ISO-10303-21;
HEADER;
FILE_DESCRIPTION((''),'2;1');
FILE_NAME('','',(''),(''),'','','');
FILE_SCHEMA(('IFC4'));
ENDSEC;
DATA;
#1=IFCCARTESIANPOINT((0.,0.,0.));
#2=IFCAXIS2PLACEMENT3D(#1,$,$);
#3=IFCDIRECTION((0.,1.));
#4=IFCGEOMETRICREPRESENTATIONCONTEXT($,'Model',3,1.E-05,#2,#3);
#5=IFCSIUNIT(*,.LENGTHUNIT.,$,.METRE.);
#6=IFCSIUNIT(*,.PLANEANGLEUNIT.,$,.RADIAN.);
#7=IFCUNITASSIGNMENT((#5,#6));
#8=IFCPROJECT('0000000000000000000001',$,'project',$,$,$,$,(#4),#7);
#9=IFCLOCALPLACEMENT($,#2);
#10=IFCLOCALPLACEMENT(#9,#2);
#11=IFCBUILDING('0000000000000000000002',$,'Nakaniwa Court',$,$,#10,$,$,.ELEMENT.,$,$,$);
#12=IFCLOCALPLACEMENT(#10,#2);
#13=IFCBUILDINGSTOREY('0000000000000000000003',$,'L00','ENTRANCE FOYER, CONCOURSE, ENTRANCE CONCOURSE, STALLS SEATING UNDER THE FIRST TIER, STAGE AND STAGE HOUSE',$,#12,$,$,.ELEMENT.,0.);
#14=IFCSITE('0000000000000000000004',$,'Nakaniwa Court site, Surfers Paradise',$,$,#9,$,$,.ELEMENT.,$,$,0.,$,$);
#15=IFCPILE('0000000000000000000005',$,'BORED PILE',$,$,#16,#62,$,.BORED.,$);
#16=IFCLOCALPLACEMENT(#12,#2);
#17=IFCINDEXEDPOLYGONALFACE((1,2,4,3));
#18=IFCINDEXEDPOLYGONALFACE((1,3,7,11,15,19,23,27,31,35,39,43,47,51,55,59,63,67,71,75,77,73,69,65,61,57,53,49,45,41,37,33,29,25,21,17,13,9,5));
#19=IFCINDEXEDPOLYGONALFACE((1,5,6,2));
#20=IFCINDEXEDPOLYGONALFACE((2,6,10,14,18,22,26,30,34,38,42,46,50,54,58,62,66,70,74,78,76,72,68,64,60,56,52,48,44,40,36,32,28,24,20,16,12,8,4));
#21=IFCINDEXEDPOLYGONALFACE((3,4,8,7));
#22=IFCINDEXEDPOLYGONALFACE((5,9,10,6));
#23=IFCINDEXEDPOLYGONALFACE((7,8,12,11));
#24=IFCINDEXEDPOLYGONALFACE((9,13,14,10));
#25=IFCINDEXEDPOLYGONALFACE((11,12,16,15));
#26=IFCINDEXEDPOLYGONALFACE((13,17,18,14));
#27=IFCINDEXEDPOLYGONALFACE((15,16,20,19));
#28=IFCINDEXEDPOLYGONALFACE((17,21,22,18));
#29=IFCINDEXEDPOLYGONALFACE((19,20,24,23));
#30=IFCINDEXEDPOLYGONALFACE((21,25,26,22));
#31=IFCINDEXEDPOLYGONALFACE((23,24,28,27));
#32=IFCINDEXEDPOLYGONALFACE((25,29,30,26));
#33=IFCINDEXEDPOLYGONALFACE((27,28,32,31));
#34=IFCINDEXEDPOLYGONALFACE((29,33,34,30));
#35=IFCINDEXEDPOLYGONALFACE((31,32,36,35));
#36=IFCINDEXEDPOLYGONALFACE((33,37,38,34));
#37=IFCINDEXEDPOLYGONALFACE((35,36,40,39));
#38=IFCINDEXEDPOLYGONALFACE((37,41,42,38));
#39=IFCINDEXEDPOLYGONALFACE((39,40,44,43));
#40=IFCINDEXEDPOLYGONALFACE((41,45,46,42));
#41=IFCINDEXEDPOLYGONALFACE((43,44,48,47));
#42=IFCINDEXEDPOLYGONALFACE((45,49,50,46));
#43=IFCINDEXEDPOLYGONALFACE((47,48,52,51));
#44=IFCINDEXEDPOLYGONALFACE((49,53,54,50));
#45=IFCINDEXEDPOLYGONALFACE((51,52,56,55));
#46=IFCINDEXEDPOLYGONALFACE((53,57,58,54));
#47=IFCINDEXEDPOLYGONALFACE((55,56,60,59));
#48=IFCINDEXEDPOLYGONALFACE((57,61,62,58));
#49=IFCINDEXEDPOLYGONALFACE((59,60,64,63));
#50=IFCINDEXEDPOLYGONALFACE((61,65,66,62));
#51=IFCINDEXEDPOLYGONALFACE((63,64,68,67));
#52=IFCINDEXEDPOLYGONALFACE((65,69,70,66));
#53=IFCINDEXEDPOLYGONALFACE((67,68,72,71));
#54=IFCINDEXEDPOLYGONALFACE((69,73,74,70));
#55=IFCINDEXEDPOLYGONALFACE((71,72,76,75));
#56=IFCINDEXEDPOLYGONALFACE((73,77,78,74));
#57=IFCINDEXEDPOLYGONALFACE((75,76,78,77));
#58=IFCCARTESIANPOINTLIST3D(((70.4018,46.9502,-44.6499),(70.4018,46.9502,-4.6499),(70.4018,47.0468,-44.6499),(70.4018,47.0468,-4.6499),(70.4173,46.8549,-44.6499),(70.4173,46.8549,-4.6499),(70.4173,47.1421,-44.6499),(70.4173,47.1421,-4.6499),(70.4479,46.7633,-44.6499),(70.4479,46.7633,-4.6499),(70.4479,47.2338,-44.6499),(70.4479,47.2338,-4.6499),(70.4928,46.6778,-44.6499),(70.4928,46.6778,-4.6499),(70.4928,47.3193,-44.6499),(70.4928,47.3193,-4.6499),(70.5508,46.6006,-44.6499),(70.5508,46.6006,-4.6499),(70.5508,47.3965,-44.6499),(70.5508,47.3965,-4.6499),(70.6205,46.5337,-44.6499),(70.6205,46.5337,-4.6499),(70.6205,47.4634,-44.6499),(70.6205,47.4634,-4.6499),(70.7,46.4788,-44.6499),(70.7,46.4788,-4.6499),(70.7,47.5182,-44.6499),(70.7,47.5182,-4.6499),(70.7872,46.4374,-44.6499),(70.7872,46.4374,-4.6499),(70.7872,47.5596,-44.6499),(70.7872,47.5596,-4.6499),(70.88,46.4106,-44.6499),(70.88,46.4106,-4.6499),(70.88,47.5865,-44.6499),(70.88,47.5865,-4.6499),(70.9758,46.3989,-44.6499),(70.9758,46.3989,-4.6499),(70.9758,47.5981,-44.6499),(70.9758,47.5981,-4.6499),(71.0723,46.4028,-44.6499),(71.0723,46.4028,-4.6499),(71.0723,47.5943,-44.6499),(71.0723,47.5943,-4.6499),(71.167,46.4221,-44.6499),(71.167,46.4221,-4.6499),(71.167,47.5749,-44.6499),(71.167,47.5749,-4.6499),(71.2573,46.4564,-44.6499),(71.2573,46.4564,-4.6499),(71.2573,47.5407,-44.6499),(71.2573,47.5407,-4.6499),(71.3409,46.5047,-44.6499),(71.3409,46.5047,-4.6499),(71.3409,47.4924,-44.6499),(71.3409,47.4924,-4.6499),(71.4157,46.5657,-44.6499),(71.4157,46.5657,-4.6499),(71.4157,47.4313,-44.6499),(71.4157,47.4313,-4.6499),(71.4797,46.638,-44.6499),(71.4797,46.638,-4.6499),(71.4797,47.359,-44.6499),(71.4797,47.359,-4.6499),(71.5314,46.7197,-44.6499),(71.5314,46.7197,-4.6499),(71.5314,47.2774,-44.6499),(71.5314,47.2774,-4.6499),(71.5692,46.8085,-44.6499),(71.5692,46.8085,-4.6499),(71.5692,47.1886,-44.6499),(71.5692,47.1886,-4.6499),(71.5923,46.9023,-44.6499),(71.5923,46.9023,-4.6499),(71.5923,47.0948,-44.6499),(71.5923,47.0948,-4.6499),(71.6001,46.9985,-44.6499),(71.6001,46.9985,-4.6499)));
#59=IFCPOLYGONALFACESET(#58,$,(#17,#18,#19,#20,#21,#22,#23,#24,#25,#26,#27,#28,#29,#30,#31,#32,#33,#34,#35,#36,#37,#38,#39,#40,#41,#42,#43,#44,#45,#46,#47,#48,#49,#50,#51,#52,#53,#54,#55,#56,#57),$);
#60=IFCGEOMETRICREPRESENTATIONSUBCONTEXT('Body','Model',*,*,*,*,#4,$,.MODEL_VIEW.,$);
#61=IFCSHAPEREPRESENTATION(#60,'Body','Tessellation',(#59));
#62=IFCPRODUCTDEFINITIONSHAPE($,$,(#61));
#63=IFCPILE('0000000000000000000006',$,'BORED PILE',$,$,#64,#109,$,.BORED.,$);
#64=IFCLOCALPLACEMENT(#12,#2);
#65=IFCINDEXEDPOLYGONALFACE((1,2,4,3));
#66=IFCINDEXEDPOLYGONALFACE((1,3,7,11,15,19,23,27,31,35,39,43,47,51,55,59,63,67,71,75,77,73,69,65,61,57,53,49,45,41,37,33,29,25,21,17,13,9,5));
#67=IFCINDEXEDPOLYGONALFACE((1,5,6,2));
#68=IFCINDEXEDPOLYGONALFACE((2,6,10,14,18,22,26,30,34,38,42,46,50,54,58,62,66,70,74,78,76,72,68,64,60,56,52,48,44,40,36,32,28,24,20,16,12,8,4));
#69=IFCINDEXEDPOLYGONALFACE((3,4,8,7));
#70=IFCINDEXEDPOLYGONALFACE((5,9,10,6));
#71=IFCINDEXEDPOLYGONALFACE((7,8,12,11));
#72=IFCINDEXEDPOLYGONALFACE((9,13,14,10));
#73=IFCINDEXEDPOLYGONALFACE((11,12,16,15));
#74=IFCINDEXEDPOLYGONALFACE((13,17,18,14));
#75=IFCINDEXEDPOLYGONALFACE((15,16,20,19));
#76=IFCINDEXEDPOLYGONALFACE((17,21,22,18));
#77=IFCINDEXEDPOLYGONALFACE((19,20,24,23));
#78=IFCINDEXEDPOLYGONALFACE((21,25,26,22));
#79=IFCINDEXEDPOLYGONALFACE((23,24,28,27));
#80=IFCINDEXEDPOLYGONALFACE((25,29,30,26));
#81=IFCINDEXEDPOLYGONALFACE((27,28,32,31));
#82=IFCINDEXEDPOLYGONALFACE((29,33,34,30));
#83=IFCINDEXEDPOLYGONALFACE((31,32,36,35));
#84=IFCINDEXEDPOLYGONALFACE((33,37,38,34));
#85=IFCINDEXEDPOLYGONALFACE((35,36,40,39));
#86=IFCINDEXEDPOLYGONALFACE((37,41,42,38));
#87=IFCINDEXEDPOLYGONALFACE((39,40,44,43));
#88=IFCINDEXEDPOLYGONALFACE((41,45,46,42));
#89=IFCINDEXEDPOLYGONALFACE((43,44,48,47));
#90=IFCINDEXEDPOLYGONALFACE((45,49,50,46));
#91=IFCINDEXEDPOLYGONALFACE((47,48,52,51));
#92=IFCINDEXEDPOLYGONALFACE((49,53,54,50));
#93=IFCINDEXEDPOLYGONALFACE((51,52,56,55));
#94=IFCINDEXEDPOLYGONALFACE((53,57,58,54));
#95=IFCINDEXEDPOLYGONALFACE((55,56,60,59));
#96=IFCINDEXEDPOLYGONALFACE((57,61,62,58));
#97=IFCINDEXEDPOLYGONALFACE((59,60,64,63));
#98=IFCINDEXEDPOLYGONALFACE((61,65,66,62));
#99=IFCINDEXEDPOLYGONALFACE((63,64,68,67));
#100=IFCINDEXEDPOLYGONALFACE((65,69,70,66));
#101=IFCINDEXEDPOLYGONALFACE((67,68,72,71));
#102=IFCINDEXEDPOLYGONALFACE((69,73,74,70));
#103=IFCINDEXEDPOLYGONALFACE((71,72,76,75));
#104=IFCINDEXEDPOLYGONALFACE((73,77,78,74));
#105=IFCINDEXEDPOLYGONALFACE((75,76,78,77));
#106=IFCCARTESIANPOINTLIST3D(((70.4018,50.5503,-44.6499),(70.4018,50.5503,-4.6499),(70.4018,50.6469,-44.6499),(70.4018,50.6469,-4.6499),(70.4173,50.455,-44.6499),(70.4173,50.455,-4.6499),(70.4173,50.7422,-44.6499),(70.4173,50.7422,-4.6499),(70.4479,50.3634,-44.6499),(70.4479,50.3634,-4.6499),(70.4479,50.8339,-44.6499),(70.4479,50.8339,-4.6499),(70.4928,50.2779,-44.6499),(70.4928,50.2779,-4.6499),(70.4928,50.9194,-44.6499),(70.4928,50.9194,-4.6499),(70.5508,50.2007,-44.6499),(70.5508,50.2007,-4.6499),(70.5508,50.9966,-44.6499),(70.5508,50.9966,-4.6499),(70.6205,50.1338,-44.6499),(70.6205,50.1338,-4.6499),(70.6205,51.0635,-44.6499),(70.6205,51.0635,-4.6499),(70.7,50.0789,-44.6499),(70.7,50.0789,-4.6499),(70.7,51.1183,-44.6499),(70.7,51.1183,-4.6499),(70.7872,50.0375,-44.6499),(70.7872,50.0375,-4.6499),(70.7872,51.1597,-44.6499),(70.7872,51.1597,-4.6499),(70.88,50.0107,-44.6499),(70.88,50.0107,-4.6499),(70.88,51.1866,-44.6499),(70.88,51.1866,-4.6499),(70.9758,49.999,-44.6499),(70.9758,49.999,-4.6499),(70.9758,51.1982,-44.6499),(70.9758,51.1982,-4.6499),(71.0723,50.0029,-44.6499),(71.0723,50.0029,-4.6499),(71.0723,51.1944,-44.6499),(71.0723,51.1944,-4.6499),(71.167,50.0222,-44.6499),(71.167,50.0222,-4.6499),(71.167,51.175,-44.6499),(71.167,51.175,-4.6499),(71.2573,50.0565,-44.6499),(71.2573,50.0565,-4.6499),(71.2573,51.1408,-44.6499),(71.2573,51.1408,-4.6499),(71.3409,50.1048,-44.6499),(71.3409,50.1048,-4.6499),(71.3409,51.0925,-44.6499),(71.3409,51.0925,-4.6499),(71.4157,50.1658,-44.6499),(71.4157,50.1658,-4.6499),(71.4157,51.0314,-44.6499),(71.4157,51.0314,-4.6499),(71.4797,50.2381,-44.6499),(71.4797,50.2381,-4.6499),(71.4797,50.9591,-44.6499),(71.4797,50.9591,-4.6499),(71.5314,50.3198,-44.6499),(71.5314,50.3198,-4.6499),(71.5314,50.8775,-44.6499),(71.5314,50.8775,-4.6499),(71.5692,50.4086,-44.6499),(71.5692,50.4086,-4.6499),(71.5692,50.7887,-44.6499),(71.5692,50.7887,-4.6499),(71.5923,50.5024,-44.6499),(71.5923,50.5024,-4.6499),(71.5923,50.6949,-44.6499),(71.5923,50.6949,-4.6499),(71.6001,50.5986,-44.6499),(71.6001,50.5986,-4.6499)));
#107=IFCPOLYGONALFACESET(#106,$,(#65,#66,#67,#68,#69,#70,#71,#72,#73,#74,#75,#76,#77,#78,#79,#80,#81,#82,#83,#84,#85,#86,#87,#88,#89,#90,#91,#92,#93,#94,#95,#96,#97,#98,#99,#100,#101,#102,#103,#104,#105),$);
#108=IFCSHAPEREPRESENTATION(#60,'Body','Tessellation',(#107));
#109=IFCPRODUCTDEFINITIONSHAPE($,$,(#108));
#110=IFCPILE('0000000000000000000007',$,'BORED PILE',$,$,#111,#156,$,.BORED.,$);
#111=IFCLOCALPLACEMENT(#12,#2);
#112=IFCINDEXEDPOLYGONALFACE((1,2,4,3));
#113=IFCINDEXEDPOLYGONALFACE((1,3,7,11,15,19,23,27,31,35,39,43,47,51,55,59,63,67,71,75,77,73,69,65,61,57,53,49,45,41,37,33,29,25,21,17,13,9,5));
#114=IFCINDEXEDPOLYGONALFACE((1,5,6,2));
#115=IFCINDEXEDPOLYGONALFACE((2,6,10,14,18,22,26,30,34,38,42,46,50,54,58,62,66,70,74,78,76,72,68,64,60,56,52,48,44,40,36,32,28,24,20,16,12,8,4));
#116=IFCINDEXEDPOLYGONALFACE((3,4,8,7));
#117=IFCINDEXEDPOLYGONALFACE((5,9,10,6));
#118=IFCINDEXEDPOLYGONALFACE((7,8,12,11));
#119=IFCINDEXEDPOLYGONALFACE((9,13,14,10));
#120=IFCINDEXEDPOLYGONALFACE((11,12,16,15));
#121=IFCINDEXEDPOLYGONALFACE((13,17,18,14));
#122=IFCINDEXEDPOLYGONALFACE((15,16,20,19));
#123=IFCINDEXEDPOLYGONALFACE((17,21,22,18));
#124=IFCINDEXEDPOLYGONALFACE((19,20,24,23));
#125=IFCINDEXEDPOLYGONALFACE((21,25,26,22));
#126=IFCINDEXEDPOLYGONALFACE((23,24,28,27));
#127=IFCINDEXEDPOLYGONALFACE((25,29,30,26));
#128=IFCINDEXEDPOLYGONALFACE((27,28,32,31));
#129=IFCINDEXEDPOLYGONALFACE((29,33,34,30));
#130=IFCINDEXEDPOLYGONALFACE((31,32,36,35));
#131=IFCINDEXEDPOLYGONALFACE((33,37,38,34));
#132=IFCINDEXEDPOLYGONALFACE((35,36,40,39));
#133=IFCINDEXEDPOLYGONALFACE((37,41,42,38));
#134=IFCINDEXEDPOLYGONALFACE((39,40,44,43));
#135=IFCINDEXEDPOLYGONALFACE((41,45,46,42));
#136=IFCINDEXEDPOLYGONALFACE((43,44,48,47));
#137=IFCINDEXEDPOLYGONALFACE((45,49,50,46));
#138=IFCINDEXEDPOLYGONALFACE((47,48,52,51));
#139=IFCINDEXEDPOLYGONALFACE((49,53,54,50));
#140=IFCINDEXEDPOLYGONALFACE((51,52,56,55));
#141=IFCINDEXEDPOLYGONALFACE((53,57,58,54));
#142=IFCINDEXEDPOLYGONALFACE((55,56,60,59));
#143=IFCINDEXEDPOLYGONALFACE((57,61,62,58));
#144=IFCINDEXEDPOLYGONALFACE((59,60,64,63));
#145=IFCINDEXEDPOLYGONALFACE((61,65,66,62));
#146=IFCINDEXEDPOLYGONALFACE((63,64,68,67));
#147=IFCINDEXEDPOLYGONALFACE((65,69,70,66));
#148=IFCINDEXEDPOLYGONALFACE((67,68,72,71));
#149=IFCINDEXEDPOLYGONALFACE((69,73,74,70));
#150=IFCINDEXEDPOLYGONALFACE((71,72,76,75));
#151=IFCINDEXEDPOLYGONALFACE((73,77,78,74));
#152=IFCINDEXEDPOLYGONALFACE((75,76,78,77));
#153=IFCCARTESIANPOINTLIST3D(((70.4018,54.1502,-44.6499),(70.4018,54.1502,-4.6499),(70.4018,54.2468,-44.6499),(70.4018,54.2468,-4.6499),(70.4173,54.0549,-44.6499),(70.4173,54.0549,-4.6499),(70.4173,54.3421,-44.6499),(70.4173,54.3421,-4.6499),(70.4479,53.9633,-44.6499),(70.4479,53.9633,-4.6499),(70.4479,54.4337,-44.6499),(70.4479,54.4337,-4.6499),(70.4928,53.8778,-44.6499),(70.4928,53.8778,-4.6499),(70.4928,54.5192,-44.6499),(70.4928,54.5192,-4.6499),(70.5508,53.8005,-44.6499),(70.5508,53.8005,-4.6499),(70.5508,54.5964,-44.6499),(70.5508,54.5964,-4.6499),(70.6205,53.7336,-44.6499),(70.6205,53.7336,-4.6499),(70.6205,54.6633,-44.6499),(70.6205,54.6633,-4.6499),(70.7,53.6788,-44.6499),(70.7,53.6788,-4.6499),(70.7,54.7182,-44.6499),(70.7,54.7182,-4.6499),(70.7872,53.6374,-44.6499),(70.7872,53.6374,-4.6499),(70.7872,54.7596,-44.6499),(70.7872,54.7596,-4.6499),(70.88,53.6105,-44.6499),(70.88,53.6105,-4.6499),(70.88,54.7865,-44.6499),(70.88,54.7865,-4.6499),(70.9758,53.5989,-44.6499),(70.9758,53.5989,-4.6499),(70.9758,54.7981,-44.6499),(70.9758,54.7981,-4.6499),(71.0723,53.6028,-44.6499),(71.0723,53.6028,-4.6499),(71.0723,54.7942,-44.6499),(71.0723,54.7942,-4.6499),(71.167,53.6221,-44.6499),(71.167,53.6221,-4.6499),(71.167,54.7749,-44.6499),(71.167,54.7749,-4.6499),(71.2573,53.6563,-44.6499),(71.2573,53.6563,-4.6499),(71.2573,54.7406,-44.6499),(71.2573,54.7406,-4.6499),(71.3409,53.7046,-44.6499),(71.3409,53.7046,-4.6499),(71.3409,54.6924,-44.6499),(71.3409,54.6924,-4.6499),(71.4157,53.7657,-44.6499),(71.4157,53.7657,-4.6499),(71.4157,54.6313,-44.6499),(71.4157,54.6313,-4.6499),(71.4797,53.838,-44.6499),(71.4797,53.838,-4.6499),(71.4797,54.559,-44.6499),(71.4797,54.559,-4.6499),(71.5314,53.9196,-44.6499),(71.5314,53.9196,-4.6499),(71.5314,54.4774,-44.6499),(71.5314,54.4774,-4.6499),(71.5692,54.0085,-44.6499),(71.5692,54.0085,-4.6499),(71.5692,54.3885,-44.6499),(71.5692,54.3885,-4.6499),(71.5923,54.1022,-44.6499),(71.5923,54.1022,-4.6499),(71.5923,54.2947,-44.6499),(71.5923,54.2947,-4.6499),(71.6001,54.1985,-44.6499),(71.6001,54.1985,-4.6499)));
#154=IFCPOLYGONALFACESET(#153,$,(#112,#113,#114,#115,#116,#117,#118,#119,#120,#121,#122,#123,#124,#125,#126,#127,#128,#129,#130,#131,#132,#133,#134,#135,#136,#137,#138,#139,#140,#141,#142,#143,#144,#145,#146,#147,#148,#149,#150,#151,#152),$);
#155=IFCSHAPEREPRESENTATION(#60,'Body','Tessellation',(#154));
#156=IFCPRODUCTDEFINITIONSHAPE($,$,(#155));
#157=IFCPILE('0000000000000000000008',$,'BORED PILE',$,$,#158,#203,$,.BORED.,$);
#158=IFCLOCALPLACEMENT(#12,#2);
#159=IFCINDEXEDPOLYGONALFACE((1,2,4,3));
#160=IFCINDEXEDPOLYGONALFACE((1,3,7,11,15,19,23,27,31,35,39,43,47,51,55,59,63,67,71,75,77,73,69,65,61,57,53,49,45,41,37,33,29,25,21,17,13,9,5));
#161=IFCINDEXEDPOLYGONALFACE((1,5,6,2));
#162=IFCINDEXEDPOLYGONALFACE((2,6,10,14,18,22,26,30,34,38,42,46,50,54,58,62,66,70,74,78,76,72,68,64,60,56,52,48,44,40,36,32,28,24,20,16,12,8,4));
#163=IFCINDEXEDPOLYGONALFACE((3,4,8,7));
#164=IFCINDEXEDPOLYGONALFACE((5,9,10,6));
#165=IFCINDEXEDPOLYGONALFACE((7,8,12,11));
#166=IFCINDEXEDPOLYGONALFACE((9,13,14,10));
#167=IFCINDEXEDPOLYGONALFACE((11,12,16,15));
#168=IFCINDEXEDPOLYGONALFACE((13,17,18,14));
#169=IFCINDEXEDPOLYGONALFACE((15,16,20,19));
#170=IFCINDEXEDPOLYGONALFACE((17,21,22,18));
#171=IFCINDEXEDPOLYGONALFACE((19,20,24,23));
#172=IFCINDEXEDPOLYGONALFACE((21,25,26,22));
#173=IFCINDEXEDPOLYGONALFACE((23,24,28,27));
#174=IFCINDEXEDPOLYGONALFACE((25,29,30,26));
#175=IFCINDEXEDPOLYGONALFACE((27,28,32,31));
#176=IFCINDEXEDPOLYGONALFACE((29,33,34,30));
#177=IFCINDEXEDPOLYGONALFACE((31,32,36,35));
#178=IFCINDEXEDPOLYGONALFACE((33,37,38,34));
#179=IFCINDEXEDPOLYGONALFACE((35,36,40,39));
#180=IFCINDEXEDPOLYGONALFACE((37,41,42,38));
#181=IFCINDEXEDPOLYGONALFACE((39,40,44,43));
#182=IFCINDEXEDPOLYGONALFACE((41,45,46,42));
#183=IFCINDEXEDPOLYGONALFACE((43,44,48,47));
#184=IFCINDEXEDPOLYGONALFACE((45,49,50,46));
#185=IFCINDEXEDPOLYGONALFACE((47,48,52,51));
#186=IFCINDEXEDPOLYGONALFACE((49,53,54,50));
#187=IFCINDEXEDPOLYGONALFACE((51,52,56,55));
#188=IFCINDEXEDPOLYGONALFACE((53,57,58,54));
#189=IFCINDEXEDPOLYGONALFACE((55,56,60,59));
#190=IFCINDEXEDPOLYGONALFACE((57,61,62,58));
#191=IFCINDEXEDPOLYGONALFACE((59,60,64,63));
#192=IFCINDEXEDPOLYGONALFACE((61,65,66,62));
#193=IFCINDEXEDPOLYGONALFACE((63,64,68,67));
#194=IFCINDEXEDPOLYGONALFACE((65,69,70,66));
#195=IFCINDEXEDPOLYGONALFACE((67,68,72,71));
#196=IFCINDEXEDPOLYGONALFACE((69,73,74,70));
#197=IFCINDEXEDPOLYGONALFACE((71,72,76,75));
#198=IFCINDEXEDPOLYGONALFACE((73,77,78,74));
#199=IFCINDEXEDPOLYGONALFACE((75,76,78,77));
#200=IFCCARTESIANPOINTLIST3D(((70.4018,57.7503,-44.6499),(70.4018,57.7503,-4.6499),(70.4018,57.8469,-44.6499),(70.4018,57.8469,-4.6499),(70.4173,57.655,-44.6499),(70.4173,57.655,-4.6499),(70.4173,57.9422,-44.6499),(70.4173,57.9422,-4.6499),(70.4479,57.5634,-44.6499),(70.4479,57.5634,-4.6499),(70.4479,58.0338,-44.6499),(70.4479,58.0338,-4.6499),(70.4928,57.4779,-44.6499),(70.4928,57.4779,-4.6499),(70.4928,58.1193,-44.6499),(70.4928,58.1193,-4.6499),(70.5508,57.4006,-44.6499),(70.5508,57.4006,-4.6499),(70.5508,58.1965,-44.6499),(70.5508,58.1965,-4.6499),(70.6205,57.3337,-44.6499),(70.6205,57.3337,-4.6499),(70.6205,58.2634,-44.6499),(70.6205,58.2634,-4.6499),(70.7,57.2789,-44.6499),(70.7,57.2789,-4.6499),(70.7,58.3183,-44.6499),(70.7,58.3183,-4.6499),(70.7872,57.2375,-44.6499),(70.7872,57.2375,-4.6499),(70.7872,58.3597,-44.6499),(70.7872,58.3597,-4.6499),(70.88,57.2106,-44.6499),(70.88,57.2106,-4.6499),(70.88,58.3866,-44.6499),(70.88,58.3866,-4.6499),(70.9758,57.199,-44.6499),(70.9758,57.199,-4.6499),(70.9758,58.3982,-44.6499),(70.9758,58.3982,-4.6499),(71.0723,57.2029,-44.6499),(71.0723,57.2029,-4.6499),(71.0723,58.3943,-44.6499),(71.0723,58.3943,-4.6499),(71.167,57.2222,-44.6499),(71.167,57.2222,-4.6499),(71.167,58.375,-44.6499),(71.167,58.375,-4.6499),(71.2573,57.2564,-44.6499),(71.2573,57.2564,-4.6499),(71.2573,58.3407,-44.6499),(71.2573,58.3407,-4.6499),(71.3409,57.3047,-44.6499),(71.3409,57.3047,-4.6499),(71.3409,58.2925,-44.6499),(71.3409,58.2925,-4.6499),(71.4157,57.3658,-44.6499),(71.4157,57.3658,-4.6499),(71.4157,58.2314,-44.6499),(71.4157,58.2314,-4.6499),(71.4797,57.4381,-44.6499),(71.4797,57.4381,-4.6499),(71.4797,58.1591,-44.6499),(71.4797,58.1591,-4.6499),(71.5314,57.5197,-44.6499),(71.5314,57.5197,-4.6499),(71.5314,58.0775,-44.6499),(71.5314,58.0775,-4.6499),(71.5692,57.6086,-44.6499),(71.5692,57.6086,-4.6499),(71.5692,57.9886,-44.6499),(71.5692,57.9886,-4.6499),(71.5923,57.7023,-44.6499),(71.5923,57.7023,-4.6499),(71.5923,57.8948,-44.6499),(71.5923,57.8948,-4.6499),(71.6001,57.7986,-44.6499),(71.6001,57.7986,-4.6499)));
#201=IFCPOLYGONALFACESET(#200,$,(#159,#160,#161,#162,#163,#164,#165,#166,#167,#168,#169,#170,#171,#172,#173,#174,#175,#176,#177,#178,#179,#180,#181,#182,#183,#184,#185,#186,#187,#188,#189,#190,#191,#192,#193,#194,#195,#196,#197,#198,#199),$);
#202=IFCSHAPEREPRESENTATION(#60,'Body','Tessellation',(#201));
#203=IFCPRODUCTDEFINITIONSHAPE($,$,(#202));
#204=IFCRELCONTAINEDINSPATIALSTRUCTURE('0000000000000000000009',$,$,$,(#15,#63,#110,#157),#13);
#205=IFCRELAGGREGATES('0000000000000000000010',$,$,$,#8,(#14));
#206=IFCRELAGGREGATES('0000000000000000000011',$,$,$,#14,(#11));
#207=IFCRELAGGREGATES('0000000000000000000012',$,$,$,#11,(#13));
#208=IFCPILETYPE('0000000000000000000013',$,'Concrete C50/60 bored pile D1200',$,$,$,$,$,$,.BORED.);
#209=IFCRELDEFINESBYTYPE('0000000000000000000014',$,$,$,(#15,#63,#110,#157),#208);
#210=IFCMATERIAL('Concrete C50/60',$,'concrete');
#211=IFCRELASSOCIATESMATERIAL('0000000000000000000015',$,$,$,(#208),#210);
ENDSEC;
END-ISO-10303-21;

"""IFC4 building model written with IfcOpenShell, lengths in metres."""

from ifc_helpers import new_model, si_unit, direction, frame, origin, origin_2d, place, context, subcontext, project, spatial, circle, extrude, material, material_profile, profile_set, type_object, element, save


model = new_model("IFC4")

# Units and contexts
model_context = context("Model", 3, precision=1e-05, world=origin(), true_north=direction((0.0, 1.0)))
body_context = subcontext(model_context, "Body", "Model", "MODEL_VIEW")
ifc_project = project(units=[si_unit("LENGTHUNIT", "METRE"), si_unit("PLANEANGLEUNIT", "RADIAN")], contexts=[model_context])

# Site, building, storey
site_placement = place(None, origin())
site = spatial("IfcSite", under=ifc_project, at=site_placement, Name="Nakaniwa Court site, Surfers Paradise", CompositionType="ELEMENT", RefElevation=0.0)
building_placement = place(site_placement, origin())
building = spatial("IfcBuilding", under=site, at=building_placement, Name="Nakaniwa Court", CompositionType="ELEMENT")
storey_placement = place(building_placement, origin())
storey = spatial("IfcBuildingStorey", under=building, at=storey_placement, Name="L00", Description="ENTRANCE FOYER, CONCOURSE, ENTRANCE CONCOURSE, STALLS SEATING UNDER THE FIRST TIER, STAGE AND STAGE HOUSE", CompositionType="ELEMENT", Elevation=0.0)

# Piles
ifc_material_1 = material(Name="Concrete C50/60", Category="concrete")
ifc_material_profile_1 = material_profile(ifc_material_1, circle(Radius=0.6001, at=origin_2d()), Name="Concrete C50/60 bored pile D1200")
ifc_profile_set_1 = profile_set([ifc_material_profile_1], Name="Concrete C50/60")
pile_type = type_object("IfcPileType", Name="Concrete C50/60 bored pile D1200", PredefinedType="BORED", material=ifc_profile_set_1)
for number, where, z_axis, x_axis, name in (
    (1, (71.0, 46.9985, -4.6499), (0.0, 0.0, -1.0), (1.0, 0.0, 0.0), "BORED PILE"),
    (2, (71.0, 50.5986, -4.6499), (0.0, 0.0, -1.0), (1.0, 0.0, 0.0), "BORED PILE"),
    (3, (71.0, 54.1985, -4.6499), (0.0, 0.0, -1.0), (1.0, 0.0, 0.0), "BORED PILE"),
    (4, (71.0, 57.7986, -4.6499), (0.0, 0.0, -1.0), (1.0, 0.0, 0.0), "BORED PILE"),
):
    element("IfcPile", number, at=place(storey_placement, frame(where, z_axis=z_axis, x_axis=x_axis)), inside=storey, type_object=pile_type, Name=name, PredefinedType="BORED", context=body_context, shape_type="SweptSolid", body=[
        extrude(circle(Radius=0.6001, at=origin_2d()), origin(), (0.0, 0.0, 1.0), 40.0),
    ])

save(model, "model.ifc")
